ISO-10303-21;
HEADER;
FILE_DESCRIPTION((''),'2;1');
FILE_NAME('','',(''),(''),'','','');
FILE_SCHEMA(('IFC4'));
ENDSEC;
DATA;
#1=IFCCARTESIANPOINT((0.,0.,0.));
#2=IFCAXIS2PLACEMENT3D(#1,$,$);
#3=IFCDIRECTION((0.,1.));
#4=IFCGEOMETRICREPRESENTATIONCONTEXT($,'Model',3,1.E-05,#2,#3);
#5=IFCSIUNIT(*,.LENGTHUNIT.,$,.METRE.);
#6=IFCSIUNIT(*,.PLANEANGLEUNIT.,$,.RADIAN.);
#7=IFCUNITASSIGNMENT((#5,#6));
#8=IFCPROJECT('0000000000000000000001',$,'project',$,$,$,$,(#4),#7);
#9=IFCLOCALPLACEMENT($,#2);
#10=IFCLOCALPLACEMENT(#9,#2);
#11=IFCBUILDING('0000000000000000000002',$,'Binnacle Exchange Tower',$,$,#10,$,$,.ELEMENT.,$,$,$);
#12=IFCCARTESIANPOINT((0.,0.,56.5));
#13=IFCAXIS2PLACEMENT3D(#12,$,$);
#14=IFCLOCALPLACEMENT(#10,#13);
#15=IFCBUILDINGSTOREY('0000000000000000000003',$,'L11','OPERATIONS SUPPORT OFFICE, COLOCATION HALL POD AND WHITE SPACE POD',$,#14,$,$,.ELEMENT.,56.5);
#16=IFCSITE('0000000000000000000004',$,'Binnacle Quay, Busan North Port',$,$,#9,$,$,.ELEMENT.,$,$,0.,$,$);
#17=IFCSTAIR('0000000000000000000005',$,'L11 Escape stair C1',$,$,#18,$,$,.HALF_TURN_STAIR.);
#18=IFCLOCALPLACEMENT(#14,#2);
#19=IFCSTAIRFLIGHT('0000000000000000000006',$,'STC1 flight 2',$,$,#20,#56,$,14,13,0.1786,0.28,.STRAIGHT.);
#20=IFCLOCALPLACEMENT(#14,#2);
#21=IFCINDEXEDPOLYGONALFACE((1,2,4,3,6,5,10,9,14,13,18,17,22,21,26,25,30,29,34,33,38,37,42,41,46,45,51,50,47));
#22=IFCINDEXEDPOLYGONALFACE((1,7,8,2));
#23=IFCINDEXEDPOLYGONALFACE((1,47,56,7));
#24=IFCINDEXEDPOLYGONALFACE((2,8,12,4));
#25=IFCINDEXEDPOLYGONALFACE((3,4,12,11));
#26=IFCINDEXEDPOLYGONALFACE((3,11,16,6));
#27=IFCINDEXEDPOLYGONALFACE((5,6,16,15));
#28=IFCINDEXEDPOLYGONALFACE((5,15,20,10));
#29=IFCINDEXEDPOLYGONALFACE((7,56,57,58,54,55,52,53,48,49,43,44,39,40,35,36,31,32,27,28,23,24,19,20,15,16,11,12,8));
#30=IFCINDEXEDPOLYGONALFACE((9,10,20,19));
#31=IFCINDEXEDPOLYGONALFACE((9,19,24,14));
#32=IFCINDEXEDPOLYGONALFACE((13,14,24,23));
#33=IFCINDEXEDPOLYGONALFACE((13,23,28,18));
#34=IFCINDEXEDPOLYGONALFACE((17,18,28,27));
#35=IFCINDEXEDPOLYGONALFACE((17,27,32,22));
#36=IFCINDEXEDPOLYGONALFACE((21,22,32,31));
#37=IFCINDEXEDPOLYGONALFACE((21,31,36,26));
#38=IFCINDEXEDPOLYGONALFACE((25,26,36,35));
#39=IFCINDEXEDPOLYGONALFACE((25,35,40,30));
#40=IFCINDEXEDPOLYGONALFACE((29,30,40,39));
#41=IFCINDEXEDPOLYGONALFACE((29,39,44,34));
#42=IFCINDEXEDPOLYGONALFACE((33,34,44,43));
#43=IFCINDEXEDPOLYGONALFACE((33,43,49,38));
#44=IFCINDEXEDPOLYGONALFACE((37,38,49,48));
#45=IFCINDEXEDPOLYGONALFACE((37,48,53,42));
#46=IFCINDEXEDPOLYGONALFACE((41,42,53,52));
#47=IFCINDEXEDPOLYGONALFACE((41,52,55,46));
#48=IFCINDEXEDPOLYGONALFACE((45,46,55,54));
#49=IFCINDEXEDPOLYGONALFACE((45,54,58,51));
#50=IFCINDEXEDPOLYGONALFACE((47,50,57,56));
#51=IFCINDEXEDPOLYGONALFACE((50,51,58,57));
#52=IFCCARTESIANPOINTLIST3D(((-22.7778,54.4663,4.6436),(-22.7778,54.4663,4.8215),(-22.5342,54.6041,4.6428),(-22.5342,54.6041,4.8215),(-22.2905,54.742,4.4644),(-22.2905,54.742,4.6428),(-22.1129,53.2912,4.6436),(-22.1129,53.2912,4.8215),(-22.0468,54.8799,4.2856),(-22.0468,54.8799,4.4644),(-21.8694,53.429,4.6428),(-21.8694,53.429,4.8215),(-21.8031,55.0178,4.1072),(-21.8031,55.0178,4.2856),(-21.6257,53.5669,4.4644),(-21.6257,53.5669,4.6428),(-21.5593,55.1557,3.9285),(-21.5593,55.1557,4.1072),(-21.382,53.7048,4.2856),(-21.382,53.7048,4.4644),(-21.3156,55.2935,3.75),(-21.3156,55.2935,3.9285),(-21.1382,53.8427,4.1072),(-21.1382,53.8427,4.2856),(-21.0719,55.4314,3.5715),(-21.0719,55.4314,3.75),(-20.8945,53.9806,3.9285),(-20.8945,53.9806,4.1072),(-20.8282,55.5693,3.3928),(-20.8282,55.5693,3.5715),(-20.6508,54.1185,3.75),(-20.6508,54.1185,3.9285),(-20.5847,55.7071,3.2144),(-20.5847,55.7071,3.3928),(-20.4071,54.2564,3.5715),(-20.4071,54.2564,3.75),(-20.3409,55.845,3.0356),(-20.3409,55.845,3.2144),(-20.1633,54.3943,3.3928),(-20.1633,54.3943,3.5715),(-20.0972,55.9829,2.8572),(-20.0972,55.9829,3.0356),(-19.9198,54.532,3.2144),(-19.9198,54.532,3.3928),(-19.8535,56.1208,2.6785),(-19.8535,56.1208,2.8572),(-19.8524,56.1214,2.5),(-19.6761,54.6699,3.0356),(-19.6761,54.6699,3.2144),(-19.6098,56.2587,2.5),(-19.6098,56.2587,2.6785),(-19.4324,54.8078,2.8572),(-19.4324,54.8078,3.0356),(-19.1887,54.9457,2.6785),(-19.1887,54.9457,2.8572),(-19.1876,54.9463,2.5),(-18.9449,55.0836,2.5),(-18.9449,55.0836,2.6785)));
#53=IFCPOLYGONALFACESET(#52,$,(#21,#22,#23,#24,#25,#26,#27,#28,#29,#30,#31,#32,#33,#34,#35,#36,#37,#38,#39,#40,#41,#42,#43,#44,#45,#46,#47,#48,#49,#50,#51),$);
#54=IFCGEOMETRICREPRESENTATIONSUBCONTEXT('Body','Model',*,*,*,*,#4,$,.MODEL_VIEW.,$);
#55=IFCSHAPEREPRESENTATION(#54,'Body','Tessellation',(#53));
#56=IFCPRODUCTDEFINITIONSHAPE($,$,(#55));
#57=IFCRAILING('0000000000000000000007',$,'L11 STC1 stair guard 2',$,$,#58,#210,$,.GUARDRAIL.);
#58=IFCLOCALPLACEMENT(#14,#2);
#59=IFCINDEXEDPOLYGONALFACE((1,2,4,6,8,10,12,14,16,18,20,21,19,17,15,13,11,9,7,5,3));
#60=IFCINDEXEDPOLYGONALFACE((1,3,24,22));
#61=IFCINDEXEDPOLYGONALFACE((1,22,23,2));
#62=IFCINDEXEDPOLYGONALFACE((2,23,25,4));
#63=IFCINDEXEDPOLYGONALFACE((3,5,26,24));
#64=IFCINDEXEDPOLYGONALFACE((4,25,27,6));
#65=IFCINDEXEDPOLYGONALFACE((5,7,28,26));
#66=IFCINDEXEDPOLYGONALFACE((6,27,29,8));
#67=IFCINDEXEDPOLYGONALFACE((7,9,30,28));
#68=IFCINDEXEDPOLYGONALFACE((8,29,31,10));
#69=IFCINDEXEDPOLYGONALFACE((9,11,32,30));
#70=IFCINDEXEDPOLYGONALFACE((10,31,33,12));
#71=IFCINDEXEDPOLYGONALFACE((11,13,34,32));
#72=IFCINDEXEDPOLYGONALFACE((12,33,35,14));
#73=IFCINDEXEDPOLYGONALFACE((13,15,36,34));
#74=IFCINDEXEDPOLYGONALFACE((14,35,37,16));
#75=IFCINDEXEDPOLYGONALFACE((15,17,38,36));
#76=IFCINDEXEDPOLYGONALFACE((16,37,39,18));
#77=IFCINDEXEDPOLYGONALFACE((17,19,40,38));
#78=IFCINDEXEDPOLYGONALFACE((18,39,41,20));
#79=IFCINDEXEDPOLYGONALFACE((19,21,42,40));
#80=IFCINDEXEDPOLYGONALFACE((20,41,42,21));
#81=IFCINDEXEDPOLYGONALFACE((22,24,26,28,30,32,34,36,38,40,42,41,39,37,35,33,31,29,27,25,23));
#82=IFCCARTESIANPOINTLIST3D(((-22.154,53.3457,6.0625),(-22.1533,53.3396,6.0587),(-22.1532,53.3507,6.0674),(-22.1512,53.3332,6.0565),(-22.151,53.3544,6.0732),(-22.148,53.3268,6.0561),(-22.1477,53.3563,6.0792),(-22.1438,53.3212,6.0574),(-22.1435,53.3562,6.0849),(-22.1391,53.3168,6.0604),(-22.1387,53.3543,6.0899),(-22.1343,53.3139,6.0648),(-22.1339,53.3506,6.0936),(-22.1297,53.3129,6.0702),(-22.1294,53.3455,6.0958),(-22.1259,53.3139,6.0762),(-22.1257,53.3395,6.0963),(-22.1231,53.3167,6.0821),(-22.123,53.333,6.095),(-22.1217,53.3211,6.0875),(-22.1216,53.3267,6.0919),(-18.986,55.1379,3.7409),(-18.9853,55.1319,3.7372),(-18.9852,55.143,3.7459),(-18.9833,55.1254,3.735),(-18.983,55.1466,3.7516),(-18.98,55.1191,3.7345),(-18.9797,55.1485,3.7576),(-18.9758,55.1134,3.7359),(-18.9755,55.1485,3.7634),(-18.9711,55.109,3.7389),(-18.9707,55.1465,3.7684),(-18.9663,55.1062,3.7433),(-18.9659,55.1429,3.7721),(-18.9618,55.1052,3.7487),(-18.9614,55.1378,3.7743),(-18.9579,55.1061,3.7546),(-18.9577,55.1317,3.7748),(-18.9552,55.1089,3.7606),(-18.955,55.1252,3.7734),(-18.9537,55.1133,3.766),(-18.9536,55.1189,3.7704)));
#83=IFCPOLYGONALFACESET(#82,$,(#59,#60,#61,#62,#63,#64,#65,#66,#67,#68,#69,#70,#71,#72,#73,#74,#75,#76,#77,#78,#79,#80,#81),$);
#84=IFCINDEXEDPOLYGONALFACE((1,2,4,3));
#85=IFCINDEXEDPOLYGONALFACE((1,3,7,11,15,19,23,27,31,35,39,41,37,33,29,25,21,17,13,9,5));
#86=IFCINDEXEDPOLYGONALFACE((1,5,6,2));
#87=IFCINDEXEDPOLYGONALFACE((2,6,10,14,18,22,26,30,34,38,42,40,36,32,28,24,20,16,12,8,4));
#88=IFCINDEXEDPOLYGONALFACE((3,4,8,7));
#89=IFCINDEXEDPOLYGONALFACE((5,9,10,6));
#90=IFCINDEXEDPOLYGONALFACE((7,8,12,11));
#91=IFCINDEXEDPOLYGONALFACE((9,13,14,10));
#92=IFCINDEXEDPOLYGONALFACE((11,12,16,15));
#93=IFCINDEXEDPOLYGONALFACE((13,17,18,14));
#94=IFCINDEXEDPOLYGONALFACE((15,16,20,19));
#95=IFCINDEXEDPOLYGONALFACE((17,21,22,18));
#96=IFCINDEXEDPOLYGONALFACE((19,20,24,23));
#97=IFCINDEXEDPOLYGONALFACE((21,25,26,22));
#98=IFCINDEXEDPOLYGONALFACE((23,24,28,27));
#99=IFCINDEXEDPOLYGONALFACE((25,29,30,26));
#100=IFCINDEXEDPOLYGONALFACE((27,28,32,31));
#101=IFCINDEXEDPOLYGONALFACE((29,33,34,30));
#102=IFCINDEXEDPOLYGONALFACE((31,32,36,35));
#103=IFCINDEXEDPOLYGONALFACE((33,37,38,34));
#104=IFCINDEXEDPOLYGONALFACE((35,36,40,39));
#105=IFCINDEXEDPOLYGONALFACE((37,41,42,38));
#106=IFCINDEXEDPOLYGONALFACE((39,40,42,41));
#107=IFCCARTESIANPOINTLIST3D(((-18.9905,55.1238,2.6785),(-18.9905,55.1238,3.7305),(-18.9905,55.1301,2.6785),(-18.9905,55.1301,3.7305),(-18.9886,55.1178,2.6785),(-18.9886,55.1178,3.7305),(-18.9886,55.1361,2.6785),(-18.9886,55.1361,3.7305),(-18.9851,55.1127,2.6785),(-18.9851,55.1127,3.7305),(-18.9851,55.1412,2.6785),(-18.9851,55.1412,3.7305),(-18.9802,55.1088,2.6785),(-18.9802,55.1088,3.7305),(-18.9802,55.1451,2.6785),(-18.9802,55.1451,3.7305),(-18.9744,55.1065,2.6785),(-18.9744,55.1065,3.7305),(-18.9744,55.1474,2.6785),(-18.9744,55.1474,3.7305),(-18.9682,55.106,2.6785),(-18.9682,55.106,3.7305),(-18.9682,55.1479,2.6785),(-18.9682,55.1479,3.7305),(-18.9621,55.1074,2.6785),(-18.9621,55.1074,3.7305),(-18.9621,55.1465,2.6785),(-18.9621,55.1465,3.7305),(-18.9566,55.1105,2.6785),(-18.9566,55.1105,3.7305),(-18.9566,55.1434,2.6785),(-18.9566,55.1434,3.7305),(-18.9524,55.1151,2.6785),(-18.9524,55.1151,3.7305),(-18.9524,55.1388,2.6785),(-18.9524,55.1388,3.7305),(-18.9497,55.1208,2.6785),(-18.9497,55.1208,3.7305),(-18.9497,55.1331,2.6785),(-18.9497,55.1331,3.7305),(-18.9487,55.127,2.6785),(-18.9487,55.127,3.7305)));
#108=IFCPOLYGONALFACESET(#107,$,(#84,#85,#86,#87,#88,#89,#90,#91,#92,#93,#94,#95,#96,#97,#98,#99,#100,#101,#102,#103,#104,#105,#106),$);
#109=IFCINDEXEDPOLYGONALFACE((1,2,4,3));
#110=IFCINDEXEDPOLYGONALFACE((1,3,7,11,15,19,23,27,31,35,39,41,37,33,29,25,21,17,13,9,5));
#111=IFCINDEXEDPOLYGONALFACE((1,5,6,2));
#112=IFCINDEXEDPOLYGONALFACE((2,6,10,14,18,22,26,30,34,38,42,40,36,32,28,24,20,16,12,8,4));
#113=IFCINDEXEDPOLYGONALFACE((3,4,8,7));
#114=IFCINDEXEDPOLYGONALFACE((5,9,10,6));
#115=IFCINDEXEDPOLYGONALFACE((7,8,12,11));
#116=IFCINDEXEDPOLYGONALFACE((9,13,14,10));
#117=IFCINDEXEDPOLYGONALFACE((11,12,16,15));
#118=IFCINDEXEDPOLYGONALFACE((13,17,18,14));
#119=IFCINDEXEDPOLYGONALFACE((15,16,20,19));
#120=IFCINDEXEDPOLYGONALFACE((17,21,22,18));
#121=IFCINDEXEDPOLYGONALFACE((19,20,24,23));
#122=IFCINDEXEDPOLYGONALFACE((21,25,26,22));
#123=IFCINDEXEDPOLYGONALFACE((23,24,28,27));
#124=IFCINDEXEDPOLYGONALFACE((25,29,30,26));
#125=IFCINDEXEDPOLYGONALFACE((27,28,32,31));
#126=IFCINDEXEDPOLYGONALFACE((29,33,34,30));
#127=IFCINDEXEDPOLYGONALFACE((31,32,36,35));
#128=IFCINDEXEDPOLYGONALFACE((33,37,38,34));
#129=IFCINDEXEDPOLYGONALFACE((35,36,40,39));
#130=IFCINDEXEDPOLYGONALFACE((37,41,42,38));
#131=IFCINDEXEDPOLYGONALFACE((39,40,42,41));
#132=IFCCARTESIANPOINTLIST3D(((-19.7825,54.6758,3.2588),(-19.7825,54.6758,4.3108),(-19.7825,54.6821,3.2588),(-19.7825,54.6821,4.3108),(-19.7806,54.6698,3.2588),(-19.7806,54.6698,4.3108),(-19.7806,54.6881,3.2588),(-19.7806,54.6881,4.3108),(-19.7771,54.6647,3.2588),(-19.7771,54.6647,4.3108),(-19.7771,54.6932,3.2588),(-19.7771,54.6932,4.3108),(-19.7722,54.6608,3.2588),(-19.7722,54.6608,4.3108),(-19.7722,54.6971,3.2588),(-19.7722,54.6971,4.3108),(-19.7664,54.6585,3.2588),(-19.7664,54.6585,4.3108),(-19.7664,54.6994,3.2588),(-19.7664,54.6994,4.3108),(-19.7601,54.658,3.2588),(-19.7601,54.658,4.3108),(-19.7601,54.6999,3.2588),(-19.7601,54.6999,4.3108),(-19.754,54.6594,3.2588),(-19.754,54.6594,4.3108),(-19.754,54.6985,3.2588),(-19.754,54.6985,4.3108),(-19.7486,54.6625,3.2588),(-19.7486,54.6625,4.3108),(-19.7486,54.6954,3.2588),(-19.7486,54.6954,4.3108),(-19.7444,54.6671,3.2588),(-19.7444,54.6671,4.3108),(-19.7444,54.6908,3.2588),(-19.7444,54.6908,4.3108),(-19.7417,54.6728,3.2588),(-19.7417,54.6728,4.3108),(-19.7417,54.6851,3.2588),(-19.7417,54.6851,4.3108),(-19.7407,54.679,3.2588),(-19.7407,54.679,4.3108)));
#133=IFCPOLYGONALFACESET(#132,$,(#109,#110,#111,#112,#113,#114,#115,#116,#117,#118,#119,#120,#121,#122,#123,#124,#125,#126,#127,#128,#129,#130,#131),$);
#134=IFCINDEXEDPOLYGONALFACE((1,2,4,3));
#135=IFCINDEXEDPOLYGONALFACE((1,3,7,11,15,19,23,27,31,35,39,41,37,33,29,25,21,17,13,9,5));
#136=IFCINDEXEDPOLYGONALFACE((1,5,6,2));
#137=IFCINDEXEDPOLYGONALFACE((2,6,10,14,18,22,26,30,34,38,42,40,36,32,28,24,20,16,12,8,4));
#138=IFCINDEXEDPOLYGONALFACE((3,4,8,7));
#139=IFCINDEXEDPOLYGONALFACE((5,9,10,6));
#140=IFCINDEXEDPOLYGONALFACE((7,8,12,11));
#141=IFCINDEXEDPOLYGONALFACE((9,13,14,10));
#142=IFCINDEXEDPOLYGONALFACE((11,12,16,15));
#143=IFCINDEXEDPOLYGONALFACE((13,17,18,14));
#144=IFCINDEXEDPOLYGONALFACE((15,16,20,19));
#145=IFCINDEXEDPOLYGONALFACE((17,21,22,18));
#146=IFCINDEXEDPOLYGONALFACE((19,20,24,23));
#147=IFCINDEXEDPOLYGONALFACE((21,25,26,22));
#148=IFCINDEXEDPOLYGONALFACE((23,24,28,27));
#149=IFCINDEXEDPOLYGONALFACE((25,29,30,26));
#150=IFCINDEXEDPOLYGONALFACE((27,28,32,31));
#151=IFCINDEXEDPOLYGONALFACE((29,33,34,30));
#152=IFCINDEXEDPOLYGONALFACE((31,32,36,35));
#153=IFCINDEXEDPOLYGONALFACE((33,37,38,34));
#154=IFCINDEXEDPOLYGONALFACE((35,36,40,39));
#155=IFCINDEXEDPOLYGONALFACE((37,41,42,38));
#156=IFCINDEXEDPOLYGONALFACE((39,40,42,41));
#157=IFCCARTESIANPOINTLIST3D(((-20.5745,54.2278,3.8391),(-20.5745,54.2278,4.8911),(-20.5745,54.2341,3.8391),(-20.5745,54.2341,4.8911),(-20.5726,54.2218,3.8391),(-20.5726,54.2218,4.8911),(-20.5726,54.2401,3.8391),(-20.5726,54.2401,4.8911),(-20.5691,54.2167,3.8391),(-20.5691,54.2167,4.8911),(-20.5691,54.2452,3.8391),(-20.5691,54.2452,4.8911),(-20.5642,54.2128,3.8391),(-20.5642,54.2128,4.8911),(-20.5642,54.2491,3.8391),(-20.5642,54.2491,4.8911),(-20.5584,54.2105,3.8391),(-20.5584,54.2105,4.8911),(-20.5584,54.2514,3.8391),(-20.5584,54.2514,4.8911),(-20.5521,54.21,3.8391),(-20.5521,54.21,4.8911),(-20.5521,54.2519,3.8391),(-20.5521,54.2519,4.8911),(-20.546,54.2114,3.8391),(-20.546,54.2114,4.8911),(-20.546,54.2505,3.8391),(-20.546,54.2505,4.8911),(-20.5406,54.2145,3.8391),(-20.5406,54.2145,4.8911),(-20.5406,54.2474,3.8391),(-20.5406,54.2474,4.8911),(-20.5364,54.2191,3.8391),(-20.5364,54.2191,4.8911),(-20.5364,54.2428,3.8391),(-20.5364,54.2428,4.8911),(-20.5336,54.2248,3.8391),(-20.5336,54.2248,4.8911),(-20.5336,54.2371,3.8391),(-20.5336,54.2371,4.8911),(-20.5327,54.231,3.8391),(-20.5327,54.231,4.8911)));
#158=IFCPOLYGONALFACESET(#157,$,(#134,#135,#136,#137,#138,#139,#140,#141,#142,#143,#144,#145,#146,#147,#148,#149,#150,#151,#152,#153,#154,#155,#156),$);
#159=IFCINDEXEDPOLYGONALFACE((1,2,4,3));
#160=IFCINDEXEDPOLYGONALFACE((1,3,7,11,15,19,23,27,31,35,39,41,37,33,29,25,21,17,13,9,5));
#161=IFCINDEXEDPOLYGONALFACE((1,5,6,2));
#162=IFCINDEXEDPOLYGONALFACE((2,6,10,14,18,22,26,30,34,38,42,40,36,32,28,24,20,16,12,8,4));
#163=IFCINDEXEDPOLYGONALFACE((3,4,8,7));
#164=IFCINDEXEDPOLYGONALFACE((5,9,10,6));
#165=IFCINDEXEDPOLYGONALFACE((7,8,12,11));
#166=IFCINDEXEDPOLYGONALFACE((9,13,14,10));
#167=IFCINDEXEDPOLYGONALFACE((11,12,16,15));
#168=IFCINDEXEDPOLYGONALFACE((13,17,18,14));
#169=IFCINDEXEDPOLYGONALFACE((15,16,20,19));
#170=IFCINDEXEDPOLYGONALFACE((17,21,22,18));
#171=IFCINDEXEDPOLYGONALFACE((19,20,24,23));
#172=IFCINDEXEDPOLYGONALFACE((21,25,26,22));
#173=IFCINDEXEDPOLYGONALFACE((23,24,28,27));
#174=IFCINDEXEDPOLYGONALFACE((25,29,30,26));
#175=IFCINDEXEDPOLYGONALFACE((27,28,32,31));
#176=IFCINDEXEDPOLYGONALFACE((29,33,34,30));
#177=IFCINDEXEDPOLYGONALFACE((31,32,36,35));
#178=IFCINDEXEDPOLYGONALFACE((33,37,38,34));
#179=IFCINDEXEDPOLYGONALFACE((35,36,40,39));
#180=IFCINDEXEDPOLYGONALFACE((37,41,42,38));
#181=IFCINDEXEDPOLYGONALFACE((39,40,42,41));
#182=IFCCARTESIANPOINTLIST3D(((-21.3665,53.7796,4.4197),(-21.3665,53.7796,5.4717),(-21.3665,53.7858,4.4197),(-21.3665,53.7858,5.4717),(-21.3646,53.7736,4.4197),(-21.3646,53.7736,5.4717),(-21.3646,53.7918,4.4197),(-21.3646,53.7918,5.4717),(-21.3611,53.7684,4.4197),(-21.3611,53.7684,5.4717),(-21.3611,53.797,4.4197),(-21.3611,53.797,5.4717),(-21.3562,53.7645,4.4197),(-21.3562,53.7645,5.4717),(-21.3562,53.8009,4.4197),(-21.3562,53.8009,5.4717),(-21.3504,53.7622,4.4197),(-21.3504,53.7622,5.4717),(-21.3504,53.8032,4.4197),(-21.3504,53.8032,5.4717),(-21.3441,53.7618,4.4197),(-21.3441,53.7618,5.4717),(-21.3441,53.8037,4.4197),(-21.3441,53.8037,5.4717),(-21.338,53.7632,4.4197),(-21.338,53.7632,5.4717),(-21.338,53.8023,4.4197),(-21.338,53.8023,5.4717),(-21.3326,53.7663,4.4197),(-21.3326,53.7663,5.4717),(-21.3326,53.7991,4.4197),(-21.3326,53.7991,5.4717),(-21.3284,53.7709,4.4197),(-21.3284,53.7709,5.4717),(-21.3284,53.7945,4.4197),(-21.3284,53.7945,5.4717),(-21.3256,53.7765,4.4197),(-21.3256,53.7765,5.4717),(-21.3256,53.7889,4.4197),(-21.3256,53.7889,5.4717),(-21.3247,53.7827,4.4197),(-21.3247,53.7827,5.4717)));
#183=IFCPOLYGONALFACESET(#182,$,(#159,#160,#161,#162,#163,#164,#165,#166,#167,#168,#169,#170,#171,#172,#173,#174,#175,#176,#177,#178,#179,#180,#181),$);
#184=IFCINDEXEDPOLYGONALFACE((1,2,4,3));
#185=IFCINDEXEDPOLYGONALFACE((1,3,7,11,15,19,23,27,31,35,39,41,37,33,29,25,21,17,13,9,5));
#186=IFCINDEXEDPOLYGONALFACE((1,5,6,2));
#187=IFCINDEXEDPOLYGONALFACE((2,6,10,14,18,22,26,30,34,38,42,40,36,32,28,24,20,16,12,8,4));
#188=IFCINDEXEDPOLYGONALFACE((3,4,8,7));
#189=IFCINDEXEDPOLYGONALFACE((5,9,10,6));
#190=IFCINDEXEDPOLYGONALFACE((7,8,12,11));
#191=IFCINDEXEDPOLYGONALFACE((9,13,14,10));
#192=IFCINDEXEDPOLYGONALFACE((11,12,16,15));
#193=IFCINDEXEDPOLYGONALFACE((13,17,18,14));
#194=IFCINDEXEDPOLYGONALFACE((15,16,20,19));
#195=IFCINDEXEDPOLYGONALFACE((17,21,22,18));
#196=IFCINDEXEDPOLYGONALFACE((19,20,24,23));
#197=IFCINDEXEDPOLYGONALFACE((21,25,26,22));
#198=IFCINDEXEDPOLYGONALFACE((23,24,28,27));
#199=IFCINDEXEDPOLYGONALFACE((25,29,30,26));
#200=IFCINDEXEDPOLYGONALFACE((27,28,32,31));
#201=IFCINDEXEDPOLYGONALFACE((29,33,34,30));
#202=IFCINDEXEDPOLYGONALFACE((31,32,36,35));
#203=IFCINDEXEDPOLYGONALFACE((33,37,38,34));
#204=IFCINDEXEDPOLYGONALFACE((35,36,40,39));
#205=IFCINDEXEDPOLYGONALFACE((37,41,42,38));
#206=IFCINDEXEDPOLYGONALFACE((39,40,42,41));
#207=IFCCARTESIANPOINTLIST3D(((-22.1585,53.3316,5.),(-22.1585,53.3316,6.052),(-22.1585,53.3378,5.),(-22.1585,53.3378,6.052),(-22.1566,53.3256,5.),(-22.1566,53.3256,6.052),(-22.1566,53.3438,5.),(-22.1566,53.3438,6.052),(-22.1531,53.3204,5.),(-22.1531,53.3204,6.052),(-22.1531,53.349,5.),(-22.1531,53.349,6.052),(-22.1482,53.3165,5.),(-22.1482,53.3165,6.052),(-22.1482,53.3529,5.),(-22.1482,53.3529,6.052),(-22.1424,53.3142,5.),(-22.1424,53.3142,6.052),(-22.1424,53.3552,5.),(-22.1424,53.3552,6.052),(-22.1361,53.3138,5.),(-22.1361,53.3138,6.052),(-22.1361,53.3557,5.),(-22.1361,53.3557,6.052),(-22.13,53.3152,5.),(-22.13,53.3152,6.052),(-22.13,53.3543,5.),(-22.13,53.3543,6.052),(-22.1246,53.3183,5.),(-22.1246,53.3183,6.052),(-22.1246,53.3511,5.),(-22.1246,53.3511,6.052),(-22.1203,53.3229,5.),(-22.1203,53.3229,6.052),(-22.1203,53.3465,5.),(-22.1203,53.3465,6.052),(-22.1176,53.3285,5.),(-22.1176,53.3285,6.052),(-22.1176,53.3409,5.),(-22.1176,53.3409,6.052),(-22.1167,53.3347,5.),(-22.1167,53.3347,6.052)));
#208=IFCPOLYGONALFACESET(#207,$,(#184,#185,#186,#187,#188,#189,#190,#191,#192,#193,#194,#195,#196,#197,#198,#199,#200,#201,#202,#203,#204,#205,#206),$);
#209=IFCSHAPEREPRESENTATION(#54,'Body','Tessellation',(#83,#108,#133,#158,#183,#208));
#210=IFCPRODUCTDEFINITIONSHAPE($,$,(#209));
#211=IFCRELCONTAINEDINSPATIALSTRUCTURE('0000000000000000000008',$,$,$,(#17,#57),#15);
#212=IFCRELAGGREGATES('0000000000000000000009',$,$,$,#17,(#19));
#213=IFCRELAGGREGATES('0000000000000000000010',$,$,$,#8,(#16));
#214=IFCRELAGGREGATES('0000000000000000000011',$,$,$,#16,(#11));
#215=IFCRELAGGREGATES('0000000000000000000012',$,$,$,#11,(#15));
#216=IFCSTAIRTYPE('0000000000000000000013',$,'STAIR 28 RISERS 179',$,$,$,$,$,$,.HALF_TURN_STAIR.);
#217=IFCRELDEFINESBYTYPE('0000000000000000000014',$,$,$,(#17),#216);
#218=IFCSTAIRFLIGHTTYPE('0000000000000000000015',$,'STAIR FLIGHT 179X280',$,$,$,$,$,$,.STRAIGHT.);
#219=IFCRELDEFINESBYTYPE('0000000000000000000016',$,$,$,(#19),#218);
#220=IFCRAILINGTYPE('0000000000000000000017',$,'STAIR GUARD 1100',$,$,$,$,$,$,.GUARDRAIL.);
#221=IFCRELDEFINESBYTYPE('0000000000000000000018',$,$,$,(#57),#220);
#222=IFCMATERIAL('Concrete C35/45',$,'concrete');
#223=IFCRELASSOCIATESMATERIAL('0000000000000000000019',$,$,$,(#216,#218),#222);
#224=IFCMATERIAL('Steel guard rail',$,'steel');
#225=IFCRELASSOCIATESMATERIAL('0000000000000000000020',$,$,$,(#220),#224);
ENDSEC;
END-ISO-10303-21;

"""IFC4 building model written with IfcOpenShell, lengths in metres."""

from ifc_helpers import new_model, si_unit, direction, frame, origin, origin_2d, place, context, subcontext, project, spatial, polyline, circle, outline, extrude, material, type_object, element, aggregate, save


model = new_model("IFC4")

# Units and contexts
model_context = context("Model", 3, precision=1e-05, world=origin(), true_north=direction((0.0, 1.0)))
body_context = subcontext(model_context, "Body", "Model", "MODEL_VIEW")
ifc_project = project(units=[si_unit("LENGTHUNIT", "METRE"), si_unit("PLANEANGLEUNIT", "RADIAN")], contexts=[model_context])

# Site, building, storey
site_placement = place(None, origin())
site = spatial("IfcSite", under=ifc_project, at=site_placement, Name="Binnacle Quay, Busan North Port", CompositionType="ELEMENT", RefElevation=0.0)
building_placement = place(site_placement, origin())
building = spatial("IfcBuilding", under=site, at=building_placement, Name="Binnacle Exchange Tower", CompositionType="ELEMENT")
storey_placement = place(building_placement, frame((0.0, 0.0, 56.5)))
storey = spatial("IfcBuildingStorey", under=building, at=storey_placement, Name="L11", Description="OPERATIONS SUPPORT OFFICE, COLOCATION HALL POD AND WHITE SPACE POD", CompositionType="ELEMENT", Elevation=56.5)

# Stair, stair flight
ifc_material_1 = material(Name="Concrete C35/45", Category="concrete")
stair_type = type_object("IfcStairType", Name="STAIR 28 RISERS 179", PredefinedType="HALF_TURN_STAIR", material=ifc_material_1)
stair_placement = place(storey_placement, origin())
stair = element("IfcStair", 1, at=stair_placement, inside=storey, type_object=stair_type, Name="L11 Escape stair C1", PredefinedType="HALF_TURN_STAIR")
stair_flight_type = type_object("IfcStairFlightType", Name="STAIR FLIGHT 179X280", PredefinedType="STRAIGHT", material=ifc_material_1)
stair_flight_placement = place(storey_placement, frame((-19.2773, 55.6711, 2.5), z_axis=(0.0, 0.0, 1.0), x_axis=(-0.870356, -0.492424, 0.0)))
stair_flight = element("IfcStairFlight", 2, at=stair_flight_placement, type_object=stair_flight_type, Name="STC1 flight 2", NumberOfRisers=14, NumberOfTreads=13, PredefinedType="STRAIGHT", RiserHeight=0.1786, TreadLength=0.28, context=body_context, shape_type="SweptSolid", body=[
    extrude(outline(polyline([(0.0, 0.0), (0.0, 0.1785), (0.28, 0.1785), (0.28, 0.3572), (0.5601, 0.3572), (0.5601, 0.5356), (0.8401, 0.5356), (0.8401, 0.7144), (1.1201, 0.7144), (1.1201, 0.8928), (1.3999, 0.8928), (1.3999, 1.0715), (1.6799, 1.0715), (1.6799, 1.25), (1.96, 1.25), (1.96, 1.4285), (2.24, 1.4285), (2.24, 1.6072), (2.52, 1.6072), (2.52, 1.7856), (2.8, 1.7856), (2.8, 1.9644), (3.0801, 1.9644), (3.0801, 2.1428), (3.3601, 2.1428), (3.3601, 2.3215), (3.6399, 2.3215), (3.6399, 2.5), (3.6399, 2.1436), (0.2788, 0.0), (0.0, 0.0)])), frame((0.0, 0.675, 0.0), z_axis=(0.0, -1.0, 0.0), x_axis=(1.0, 0.0, 0.0)), (0.0, 0.0, 1.0), 1.3501),
])
aggregate(stair, [stair_flight])

# Railing
ifc_material_2 = material(Name="Steel guard rail", Category="steel")
railing_type = type_object("IfcRailingType", Name="STAIR GUARD 1100", PredefinedType="GUARDRAIL", material=ifc_material_2)
railing_1_placement = place(storey_placement, frame((-18.9697, 55.127, 2.6785)))
element("IfcRailing", 3, at=railing_1_placement, inside=storey, type_object=railing_type, Name="L11 STC1 stair guard 2", PredefinedType="GUARDRAIL", context=body_context, shape_type="SweptSolid", body=[
    extrude(circle(Radius=0.0239, at=origin_2d()), frame((0.0, 0.0, 1.0762), z_axis=(-0.733813, -0.415145, 0.537749), x_axis=(0.4924, -0.870369, 0.0)), (0.0, 0.0, 1.0), 4.3171),
    extrude(circle(Radius=0.021, at=origin_2d()), origin(), (0.0, 0.0, 1.0), 1.052),
    extrude(circle(Radius=0.021, at=origin_2d()), frame((-0.792, -0.448, 0.5803)), (0.0, 0.0, 1.0), 1.052),
    extrude(circle(Radius=0.021, at=origin_2d()), frame((-1.584, -0.896, 1.1606)), (0.0, 0.0, 1.0), 1.052),
    extrude(circle(Radius=0.021, at=origin_2d()), frame((-2.376, -1.3442, 1.7412)), (0.0, 0.0, 1.0), 1.052),
    extrude(circle(Radius=0.021, at=origin_2d()), frame((-3.168, -1.7922, 2.3215)), (0.0, 0.0, 1.0), 1.052),
])

save(model, "model.ifc")
